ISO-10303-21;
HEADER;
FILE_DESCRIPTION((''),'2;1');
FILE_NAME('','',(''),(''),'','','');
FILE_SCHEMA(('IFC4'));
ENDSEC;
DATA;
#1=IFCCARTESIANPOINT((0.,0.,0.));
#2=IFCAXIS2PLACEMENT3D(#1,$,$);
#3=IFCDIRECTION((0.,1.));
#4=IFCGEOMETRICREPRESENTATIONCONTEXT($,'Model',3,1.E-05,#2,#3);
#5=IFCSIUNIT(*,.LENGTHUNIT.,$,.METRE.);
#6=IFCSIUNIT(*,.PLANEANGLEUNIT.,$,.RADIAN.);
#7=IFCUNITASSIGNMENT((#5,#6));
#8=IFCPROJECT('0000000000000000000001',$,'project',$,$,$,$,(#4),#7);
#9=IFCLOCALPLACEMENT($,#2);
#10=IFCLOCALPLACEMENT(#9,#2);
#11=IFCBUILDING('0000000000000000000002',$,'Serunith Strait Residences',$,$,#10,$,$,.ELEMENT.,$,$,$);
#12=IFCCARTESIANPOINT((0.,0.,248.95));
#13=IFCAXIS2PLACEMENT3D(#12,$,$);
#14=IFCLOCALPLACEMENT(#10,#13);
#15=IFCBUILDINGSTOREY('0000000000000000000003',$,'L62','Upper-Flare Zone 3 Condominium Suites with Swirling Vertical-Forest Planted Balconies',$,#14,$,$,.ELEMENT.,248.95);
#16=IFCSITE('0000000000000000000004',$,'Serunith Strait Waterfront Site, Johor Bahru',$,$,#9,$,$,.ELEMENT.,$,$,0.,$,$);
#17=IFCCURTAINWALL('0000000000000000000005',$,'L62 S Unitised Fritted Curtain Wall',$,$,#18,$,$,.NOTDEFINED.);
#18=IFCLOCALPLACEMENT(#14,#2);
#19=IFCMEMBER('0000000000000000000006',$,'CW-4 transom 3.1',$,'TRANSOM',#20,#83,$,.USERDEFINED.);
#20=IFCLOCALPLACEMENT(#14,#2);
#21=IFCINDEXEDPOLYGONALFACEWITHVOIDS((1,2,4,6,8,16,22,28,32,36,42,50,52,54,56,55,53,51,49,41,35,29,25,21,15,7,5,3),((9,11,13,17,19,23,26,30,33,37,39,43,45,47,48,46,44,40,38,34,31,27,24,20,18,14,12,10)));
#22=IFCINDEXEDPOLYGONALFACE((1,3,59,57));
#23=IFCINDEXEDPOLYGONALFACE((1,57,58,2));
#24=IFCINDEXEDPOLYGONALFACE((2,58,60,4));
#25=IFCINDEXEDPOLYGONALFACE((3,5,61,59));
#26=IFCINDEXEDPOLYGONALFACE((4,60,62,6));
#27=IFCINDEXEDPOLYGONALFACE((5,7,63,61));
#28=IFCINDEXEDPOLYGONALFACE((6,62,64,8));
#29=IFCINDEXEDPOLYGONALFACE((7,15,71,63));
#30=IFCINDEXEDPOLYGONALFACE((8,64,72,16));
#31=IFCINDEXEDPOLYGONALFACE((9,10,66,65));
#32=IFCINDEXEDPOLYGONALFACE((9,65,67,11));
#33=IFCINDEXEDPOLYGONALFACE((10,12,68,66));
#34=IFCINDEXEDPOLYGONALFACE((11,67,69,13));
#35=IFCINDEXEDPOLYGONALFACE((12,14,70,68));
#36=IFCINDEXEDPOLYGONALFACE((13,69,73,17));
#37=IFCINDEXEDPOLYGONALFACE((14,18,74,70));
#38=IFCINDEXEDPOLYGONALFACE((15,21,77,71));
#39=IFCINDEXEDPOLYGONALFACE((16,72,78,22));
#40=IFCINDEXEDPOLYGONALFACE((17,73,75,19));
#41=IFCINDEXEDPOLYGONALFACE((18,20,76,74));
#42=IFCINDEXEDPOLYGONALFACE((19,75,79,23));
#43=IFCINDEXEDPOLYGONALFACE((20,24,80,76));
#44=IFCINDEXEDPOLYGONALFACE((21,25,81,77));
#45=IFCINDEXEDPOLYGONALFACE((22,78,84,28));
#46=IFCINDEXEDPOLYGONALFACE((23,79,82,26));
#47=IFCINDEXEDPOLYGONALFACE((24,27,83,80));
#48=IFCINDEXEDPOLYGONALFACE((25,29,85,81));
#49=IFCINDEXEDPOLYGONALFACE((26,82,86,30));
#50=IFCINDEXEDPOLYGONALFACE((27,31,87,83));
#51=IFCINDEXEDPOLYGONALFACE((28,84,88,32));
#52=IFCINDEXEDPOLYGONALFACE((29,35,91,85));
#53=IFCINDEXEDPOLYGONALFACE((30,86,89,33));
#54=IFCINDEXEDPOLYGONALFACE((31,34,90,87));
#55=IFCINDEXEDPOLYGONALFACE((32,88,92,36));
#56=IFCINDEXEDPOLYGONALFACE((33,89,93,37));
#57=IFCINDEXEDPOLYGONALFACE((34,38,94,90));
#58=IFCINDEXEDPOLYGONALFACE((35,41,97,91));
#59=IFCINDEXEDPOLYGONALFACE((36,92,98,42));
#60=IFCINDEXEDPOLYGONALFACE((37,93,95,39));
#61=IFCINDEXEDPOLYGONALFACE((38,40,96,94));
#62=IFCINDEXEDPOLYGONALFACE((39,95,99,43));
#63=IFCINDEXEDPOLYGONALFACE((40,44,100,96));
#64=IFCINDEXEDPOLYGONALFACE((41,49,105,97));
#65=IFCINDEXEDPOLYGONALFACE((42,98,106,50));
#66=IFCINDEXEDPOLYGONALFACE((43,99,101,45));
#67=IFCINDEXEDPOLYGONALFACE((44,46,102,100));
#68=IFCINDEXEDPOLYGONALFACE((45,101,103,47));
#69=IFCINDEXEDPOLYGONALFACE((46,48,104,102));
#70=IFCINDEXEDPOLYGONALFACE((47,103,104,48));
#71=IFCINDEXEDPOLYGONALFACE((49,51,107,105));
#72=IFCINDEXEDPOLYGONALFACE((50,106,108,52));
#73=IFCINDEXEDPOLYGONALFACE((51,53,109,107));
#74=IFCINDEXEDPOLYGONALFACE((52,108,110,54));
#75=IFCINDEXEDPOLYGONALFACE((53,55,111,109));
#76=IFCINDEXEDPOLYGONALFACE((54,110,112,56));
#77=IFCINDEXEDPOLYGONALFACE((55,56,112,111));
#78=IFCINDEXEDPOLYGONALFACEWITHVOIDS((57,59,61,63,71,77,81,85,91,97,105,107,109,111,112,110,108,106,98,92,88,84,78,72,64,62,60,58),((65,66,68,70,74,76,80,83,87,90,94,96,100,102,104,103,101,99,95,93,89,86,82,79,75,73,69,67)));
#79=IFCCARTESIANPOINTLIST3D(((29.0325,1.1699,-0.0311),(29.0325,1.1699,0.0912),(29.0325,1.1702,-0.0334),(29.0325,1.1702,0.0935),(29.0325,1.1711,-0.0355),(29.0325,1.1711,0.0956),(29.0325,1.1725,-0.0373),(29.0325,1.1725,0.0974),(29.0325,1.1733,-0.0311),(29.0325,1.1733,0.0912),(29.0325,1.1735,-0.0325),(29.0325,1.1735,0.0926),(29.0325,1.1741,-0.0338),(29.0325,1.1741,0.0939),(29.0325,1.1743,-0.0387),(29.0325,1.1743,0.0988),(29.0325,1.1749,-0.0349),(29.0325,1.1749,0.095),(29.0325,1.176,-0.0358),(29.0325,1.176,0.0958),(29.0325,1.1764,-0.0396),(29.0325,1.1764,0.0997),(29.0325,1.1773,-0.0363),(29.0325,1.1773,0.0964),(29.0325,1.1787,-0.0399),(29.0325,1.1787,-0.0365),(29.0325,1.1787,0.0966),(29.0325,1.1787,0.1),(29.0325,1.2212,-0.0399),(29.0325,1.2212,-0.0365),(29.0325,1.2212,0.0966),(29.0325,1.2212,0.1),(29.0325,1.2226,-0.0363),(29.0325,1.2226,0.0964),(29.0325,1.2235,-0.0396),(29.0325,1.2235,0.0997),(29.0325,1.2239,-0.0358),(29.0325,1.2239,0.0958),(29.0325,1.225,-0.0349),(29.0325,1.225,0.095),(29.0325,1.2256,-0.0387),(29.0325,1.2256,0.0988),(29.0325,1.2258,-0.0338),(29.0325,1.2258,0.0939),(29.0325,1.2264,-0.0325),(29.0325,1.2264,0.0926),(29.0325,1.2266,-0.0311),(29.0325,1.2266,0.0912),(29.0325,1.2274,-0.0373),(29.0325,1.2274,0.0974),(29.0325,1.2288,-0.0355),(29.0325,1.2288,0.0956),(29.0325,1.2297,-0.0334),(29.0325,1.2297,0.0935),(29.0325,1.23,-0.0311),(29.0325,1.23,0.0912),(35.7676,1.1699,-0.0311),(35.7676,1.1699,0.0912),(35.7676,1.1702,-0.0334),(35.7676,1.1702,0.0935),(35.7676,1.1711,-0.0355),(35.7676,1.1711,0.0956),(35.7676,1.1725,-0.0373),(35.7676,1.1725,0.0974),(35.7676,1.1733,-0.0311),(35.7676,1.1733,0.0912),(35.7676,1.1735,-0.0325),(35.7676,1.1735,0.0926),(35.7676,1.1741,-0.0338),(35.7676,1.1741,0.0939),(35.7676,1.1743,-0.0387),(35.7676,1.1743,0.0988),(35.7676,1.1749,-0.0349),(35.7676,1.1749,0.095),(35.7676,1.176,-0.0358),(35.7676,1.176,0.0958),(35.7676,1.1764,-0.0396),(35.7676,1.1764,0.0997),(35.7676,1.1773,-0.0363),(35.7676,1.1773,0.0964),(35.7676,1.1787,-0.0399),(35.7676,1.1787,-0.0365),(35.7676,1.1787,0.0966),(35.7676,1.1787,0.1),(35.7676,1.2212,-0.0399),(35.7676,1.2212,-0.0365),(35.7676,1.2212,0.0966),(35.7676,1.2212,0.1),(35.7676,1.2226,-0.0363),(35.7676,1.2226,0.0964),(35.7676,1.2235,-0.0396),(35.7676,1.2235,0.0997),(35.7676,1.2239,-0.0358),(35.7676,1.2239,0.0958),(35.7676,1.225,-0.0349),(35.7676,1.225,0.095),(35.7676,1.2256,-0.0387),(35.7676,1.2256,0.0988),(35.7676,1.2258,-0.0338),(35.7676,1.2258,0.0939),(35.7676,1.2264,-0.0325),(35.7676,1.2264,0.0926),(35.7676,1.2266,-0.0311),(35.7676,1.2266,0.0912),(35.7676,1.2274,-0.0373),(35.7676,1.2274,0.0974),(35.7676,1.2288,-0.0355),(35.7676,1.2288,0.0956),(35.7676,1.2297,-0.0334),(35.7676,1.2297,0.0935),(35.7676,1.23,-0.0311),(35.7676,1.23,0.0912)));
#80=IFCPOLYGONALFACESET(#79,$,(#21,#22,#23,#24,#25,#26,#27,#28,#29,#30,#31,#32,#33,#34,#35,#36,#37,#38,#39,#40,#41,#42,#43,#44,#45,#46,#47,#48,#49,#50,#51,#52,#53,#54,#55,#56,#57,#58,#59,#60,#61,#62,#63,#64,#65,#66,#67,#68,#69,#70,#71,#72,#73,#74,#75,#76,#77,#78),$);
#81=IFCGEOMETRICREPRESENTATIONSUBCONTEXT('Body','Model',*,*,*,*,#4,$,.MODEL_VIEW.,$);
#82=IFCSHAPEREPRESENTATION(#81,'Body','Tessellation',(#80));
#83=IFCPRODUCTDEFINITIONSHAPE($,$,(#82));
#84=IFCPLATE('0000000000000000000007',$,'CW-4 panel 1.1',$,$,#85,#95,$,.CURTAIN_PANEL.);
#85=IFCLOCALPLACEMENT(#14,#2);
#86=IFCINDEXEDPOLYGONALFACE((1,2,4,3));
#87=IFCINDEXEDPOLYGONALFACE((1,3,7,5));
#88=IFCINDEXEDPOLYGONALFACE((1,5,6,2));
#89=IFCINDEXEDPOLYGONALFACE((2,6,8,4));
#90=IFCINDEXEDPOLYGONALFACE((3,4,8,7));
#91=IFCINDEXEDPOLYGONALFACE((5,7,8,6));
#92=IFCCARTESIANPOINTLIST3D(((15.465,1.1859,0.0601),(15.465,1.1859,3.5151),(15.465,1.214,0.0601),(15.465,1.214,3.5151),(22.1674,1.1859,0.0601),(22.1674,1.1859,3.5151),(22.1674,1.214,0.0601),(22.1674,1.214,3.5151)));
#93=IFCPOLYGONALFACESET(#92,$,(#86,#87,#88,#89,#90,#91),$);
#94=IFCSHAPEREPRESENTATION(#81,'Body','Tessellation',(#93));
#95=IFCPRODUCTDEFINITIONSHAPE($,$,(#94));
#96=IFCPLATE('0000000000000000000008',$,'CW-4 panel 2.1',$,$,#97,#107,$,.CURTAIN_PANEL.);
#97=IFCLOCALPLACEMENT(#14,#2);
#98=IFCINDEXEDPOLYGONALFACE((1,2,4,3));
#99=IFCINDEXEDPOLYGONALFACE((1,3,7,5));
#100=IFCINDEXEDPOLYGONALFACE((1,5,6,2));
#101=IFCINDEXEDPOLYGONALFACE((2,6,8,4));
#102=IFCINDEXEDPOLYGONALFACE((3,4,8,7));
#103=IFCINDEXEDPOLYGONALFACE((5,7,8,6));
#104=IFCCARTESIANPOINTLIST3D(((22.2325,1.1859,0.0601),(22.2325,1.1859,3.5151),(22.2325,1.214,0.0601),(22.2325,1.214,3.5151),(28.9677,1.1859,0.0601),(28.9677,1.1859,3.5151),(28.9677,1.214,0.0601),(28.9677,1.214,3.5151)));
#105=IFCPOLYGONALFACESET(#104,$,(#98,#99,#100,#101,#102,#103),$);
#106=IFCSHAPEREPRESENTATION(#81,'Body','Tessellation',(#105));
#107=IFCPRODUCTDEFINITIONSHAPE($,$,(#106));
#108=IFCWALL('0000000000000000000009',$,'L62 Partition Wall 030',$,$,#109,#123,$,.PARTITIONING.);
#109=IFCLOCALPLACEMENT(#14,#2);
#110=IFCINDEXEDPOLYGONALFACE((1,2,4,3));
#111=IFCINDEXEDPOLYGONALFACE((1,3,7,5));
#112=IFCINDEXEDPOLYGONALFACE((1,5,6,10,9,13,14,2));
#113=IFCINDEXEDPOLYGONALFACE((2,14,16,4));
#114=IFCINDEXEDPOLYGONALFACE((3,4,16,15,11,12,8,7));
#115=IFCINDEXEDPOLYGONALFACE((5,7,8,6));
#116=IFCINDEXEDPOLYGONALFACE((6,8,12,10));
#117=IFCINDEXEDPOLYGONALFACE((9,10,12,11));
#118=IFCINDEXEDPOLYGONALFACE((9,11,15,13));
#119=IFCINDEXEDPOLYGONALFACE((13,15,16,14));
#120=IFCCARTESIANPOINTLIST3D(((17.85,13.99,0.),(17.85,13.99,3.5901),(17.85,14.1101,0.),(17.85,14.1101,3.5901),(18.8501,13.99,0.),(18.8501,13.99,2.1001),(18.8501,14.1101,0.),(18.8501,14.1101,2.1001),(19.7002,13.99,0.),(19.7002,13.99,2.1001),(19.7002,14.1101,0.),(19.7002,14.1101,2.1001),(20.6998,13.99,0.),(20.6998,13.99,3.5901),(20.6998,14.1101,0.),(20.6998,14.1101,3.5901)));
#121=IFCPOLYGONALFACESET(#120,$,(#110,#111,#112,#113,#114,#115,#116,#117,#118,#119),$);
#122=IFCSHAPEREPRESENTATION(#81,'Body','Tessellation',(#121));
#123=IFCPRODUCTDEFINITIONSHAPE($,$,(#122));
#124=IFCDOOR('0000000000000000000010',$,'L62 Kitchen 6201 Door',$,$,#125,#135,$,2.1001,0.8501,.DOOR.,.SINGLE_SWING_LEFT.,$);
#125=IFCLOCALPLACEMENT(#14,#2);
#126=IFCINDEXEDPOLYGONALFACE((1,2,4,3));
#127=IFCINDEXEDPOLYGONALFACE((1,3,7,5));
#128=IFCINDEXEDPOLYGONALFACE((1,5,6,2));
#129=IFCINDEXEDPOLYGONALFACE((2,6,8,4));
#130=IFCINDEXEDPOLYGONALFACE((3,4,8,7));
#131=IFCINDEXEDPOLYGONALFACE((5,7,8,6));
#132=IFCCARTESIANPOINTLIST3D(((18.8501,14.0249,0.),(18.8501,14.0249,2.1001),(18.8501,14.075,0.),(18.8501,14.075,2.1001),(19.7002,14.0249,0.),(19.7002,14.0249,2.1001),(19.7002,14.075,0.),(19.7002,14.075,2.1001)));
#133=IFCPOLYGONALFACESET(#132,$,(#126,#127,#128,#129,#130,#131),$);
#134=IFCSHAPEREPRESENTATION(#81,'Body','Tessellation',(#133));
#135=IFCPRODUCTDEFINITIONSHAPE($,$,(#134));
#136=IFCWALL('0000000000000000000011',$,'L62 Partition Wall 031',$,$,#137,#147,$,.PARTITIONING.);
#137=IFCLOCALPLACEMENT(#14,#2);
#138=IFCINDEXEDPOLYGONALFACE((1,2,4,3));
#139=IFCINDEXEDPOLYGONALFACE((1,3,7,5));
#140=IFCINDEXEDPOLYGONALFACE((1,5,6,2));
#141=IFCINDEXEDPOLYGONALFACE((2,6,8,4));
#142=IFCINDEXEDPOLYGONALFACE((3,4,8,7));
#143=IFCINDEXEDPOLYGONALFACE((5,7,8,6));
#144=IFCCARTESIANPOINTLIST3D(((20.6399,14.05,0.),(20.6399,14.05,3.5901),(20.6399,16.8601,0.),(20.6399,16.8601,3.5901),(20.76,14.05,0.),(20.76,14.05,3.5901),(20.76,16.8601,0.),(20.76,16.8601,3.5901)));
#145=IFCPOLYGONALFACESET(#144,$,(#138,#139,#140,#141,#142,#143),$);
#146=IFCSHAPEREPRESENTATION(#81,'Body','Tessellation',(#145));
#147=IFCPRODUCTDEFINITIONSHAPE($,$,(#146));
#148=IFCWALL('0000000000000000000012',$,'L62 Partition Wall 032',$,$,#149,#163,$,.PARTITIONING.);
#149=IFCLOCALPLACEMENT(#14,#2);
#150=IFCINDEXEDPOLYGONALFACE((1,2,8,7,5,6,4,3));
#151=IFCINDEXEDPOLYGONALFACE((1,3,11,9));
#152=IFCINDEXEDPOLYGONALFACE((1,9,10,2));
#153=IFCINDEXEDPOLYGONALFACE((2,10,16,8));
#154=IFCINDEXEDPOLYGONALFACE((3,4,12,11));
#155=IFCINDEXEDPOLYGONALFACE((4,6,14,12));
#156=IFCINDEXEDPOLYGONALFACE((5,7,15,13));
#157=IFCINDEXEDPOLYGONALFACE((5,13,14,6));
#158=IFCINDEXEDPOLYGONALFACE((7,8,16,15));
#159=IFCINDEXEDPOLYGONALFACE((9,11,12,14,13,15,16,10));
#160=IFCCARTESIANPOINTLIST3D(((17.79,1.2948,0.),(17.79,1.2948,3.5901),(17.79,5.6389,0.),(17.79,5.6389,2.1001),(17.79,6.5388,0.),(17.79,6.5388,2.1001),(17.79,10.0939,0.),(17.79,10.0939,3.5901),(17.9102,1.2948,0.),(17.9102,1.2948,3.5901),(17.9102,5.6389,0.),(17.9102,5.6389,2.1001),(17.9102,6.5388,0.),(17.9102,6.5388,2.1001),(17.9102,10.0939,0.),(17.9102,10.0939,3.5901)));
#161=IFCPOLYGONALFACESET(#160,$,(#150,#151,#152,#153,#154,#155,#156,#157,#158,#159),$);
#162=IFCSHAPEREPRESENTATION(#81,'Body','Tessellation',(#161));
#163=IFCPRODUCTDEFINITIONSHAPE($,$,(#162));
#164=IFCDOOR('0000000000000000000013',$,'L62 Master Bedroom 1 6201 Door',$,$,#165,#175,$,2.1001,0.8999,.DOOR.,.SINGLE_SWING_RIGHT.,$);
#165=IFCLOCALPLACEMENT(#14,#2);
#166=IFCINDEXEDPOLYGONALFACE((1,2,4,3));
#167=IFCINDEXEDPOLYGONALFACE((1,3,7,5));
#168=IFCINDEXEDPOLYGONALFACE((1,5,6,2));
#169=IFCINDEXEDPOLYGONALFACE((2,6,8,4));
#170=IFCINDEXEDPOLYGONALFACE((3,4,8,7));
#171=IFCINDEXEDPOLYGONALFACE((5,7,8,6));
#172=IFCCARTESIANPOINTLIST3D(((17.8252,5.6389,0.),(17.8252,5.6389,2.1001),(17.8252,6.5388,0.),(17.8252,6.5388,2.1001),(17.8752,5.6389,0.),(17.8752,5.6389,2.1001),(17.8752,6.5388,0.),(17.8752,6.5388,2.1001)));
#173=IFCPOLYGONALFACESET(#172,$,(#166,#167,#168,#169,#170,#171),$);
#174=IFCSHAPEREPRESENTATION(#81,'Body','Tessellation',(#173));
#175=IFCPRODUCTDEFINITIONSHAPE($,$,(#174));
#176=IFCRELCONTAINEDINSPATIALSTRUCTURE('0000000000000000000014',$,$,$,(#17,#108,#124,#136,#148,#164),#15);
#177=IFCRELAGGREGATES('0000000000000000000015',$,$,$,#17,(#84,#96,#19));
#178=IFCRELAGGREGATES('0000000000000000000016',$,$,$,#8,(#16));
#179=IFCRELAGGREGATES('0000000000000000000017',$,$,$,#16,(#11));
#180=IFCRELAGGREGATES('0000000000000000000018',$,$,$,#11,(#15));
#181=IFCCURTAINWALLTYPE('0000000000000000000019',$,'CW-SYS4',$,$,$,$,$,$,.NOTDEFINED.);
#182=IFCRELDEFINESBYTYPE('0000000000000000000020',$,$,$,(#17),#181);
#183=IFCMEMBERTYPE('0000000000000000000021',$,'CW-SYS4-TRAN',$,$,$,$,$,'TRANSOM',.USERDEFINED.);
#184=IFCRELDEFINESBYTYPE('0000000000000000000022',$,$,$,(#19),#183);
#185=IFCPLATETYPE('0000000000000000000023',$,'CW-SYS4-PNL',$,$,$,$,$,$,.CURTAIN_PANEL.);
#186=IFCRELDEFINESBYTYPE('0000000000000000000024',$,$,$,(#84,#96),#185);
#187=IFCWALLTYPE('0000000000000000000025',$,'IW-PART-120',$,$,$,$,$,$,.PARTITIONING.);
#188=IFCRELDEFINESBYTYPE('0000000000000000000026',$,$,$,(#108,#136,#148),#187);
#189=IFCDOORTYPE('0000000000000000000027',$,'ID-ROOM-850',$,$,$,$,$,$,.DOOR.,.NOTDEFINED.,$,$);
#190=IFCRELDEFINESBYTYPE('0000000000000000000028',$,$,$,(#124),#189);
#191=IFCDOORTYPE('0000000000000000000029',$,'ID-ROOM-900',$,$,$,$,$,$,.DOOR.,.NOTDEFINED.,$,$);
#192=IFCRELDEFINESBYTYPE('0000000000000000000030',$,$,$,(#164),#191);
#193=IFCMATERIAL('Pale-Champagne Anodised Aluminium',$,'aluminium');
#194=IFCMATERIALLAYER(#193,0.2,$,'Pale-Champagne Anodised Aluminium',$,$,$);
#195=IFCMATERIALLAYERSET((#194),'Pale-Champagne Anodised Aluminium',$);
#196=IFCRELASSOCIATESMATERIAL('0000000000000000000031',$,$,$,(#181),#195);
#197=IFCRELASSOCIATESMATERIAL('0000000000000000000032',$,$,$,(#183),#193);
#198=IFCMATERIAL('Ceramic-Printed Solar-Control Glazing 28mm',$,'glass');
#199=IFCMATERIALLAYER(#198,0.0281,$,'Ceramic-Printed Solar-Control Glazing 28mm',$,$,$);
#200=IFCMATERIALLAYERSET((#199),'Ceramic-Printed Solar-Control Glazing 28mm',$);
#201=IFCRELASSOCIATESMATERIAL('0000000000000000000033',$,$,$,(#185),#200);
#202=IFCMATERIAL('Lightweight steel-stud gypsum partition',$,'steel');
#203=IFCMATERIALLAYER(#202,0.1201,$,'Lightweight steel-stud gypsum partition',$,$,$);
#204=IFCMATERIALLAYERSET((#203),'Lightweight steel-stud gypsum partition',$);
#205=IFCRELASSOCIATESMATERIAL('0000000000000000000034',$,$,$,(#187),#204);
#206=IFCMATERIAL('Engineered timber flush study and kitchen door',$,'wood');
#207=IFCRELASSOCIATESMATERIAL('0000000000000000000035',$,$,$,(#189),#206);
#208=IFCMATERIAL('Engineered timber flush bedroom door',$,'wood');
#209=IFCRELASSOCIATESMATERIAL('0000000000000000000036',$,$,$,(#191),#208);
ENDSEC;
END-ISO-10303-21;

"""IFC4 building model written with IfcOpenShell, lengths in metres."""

from ifc_helpers import new_model, si_unit, direction, frame, frame_2d, origin, origin_2d, place, context, subcontext, project, spatial, rectangle, hollow_rectangle, extrude, source, transform, mapped, material, layer, layer_set, material_profile, profile_set, type_object, element, fill, aggregate, save


model = new_model("IFC4")

# Units and contexts
model_context = context("Model", 3, precision=1e-05, world=origin(), true_north=direction((0.0, 1.0)))
body_context = subcontext(model_context, "Body", "Model", "MODEL_VIEW")
ifc_project = project(units=[si_unit("LENGTHUNIT", "METRE"), si_unit("PLANEANGLEUNIT", "RADIAN")], contexts=[model_context])

# Site, building, storey
site_placement = place(None, origin())
site = spatial("IfcSite", under=ifc_project, at=site_placement, Name="Serunith Strait Waterfront Site, Johor Bahru", CompositionType="ELEMENT", RefElevation=0.0)
building_placement = place(site_placement, origin())
building = spatial("IfcBuilding", under=site, at=building_placement, Name="Serunith Strait Residences", CompositionType="ELEMENT")
storey_placement = place(building_placement, frame((0.0, 0.0, 248.95)))
storey = spatial("IfcBuildingStorey", under=building, at=storey_placement, Name="L62", Description="Upper-Flare Zone 3 Condominium Suites with Swirling Vertical-Forest Planted Balconies", CompositionType="ELEMENT", Elevation=248.95)

# Curtain wall, member, plates
ifc_material_1 = material(Name="Pale-Champagne Anodised Aluminium", Category="aluminium")
ifc_layer_1 = layer(ifc_material_1, 0.2, Name="Pale-Champagne Anodised Aluminium")
ifc_layer_set_1 = layer_set([ifc_layer_1], Name="Pale-Champagne Anodised Aluminium")
curtain_wall_type = type_object("IfcCurtainWallType", Name="CW-SYS4", PredefinedType="NOTDEFINED", material=ifc_layer_set_1)
curtain_wall_placement = place(storey_placement, origin())
curtain_wall = element("IfcCurtainWall", 1, at=curtain_wall_placement, inside=storey, type_object=curtain_wall_type, Name="L62 S Unitised Fritted Curtain Wall", PredefinedType="NOTDEFINED")
ifc_material_profile_1 = material_profile(ifc_material_1, hollow_rectangle(XDim=0.0601, YDim=0.1399, WallThickness=0.0034, InnerFilletRadius=0.0054, OuterFilletRadius=0.0088, at=origin_2d()), Name="ALU 140x60x3.5")
ifc_profile_set_1 = profile_set([ifc_material_profile_1], Name="Pale-Champagne Anodised Aluminium")
member_type_1 = type_object("IfcMemberType", Name="CW-SYS4-TRAN", ElementType="TRANSOM", PredefinedType="USERDEFINED", material=ifc_profile_set_1)
shared_shape_1 = source(origin(), body_context, "Body", "SweptSolid", [
    extrude(hollow_rectangle(XDim=0.0601, YDim=0.1399, WallThickness=0.0034, InnerFilletRadius=0.0054, OuterFilletRadius=0.0088, at=origin_2d()), origin(), (0.0, 0.0, 1.0), 6.7351),
])
member_1_placement = place(storey_placement, frame((29.0325, 1.2, 0.03), z_axis=(1.0, 0.0, 0.0), x_axis=(0.0, 1.0, 0.0)))
member_1 = element("IfcMember", 2, at=member_1_placement, type_object=member_type_1, Name="CW-4 transom 3.1", ObjectType="TRANSOM", PredefinedType="USERDEFINED", context=body_context, shape_type="MappedRepresentation", body=[
    mapped(shared_shape_1, transform((0.0, 0.0, 0.0), scale=1.0)),
])
ifc_material_2 = material(Name="Ceramic-Printed Solar-Control Glazing 28mm", Category="glass")
ifc_layer_2 = layer(ifc_material_2, 0.0281, Name="Ceramic-Printed Solar-Control Glazing 28mm")
ifc_layer_set_2 = layer_set([ifc_layer_2], Name="Ceramic-Printed Solar-Control Glazing 28mm")
plate_type = type_object("IfcPlateType", Name="CW-SYS4-PNL", PredefinedType="CURTAIN_PANEL", material=ifc_layer_set_2)
shared_shape_2 = source(origin(), body_context, "Body", "SweptSolid", [
    extrude(rectangle(XDim=6.7024, YDim=0.0281, at=origin_2d()), origin(), (0.0, 0.0, 1.0), 3.4551),
])
plate_1_placement = place(storey_placement, frame((18.8162, 1.2, 0.0601), z_axis=(0.0, 0.0, 1.0), x_axis=(1.0, 0.0, 0.0)))
plate_1 = element("IfcPlate", 3, at=plate_1_placement, type_object=plate_type, Name="CW-4 panel 1.1", PredefinedType="CURTAIN_PANEL", context=body_context, shape_type="MappedRepresentation", body=[
    mapped(shared_shape_2, transform((0.0, 0.0, 0.0), scale=1.0)),
])
shared_shape_3 = source(origin(), body_context, "Body", "SweptSolid", [
    extrude(rectangle(XDim=6.7351, YDim=0.0281, at=origin_2d()), origin(), (0.0, 0.0, 1.0), 3.4551),
])
plate_2_placement = place(storey_placement, frame((25.6001, 1.2, 0.0601), z_axis=(0.0, 0.0, 1.0), x_axis=(1.0, 0.0, 0.0)))
plate_2 = element("IfcPlate", 4, at=plate_2_placement, type_object=plate_type, Name="CW-4 panel 2.1", PredefinedType="CURTAIN_PANEL", context=body_context, shape_type="MappedRepresentation", body=[
    mapped(shared_shape_3, transform((0.0, 0.0, 0.0), scale=1.0)),
])
aggregate(curtain_wall, [plate_1, plate_2, member_1])

# Wall, opening, door
ifc_material_3 = material(Name="Lightweight steel-stud gypsum partition", Category="steel")
ifc_layer_3 = layer(ifc_material_3, 0.1201, Name="Lightweight steel-stud gypsum partition")
ifc_layer_set_3 = layer_set([ifc_layer_3], Name="Lightweight steel-stud gypsum partition")
wall_type = type_object("IfcWallType", Name="IW-PART-120", PredefinedType="PARTITIONING", material=ifc_layer_set_3)
wall_1_placement = place(storey_placement, frame((17.8501, 14.05, 0.0), z_axis=(0.0, 0.0, 1.0), x_axis=(1.0, 0.0, 0.0)))
wall_1 = element("IfcWall", 5, at=wall_1_placement, inside=storey, type_object=wall_type, Name="L62 Partition Wall 030", PredefinedType="PARTITIONING", context=body_context, shape_type="SweptSolid", body=[
    extrude(rectangle(XDim=2.8499, YDim=0.1201, at=frame_2d((1.4248, 0.0))), origin(), (0.0, 0.0, 1.0), 3.5901),
])
opening_1_placement = place(wall_1_placement, frame((1.0, 0.0, 0.0)))
opening_1 = element("IfcOpeningElement", 6, at=opening_1_placement, cuts=wall_1, PredefinedType="OPENING", context=body_context, shape_type="SweptSolid", body=[
    extrude(rectangle(XDim=0.8501, YDim=2.1001, at=frame_2d((0.425, 1.05))), frame((0.0, 0.0701, 0.0), z_axis=(0.0, -1.0, 0.0), x_axis=(1.0, 0.0, 0.0)), (0.0, 0.0, 1.0), 0.1401),
])
ifc_material_4 = material(Name="Engineered timber flush study and kitchen door", Category="wood")
door_type_1 = type_object("IfcDoorType", Name="ID-ROOM-850", OperationType="NOTDEFINED", PredefinedType="DOOR", material=ifc_material_4)
shared_shape_4 = source(origin(), body_context, "Body", "SweptSolid", [
    extrude(rectangle(XDim=0.8501, YDim=2.1001, at=frame_2d((0.425, 1.05))), frame((0.0, 0.0249, 0.0), z_axis=(0.0, -1.0, 0.0), x_axis=(1.0, 0.0, 0.0)), (0.0, 0.0, 1.0), 0.05),
])
door_1_placement = place(opening_1_placement, origin())
door_1 = element("IfcDoor", 7, at=door_1_placement, inside=storey, type_object=door_type_1, Name="L62 Kitchen 6201 Door", OperationType="SINGLE_SWING_LEFT", OverallHeight=2.1001, OverallWidth=0.8501, PredefinedType="DOOR", context=body_context, shape_type="MappedRepresentation", body=[
    mapped(shared_shape_4, transform((0.0, 0.0, 0.0), scale=1.0)),
])
fill(opening_1, door_1)

# Wall
wall_2_placement = place(storey_placement, frame((20.7, 14.05, 0.0), z_axis=(0.0, 0.0, 1.0), x_axis=(0.0, 1.0, 0.0)))
element("IfcWall", 8, at=wall_2_placement, inside=storey, type_object=wall_type, Name="L62 Partition Wall 031", PredefinedType="PARTITIONING", context=body_context, shape_type="SweptSolid", body=[
    extrude(rectangle(XDim=2.8101, YDim=0.1201, at=frame_2d((1.405, 0.0))), origin(), (0.0, 0.0, 1.0), 3.5901),
])

# Wall, opening, door
wall_3_placement = place(storey_placement, frame((17.8501, 1.2949, 0.0), z_axis=(0.0, 0.0, 1.0), x_axis=(0.0, 1.0, 0.0)))
wall_3 = element("IfcWall", 9, at=wall_3_placement, inside=storey, type_object=wall_type, Name="L62 Partition Wall 032", PredefinedType="PARTITIONING", context=body_context, shape_type="SweptSolid", body=[
    extrude(rectangle(XDim=8.7991, YDim=0.1201, at=frame_2d((4.3994, 0.0))), origin(), (0.0, 0.0, 1.0), 3.5901),
])
opening_2_placement = place(wall_3_placement, frame((4.344, 0.0, 0.0)))
opening_2 = element("IfcOpeningElement", 10, at=opening_2_placement, cuts=wall_3, PredefinedType="OPENING", context=body_context, shape_type="SweptSolid", body=[
    extrude(rectangle(XDim=0.8999, YDim=2.1001, at=frame_2d((0.45, 1.05))), frame((0.0, 0.0701, 0.0), z_axis=(0.0, -1.0, 0.0), x_axis=(1.0, 0.0, 0.0)), (0.0, 0.0, 1.0), 0.1401),
])
ifc_material_5 = material(Name="Engineered timber flush bedroom door", Category="wood")
door_type_2 = type_object("IfcDoorType", Name="ID-ROOM-900", OperationType="NOTDEFINED", PredefinedType="DOOR", material=ifc_material_5)
shared_shape_5 = source(origin(), body_context, "Body", "SweptSolid", [
    extrude(rectangle(XDim=0.8999, YDim=2.1001, at=frame_2d((0.45, 1.05))), frame((0.0, 0.0249, 0.0), z_axis=(0.0, -1.0, 0.0), x_axis=(1.0, 0.0, 0.0)), (0.0, 0.0, 1.0), 0.05),
])
door_2_placement = place(opening_2_placement, origin())
door_2 = element("IfcDoor", 11, at=door_2_placement, inside=storey, type_object=door_type_2, Name="L62 Master Bedroom 1 6201 Door", OperationType="SINGLE_SWING_RIGHT", OverallHeight=2.1001, OverallWidth=0.8999, PredefinedType="DOOR", context=body_context, shape_type="MappedRepresentation", body=[
    mapped(shared_shape_5, transform((0.0, 0.0, 0.0), scale=1.0)),
])
fill(opening_2, door_2)

save(model, "model.ifc")
